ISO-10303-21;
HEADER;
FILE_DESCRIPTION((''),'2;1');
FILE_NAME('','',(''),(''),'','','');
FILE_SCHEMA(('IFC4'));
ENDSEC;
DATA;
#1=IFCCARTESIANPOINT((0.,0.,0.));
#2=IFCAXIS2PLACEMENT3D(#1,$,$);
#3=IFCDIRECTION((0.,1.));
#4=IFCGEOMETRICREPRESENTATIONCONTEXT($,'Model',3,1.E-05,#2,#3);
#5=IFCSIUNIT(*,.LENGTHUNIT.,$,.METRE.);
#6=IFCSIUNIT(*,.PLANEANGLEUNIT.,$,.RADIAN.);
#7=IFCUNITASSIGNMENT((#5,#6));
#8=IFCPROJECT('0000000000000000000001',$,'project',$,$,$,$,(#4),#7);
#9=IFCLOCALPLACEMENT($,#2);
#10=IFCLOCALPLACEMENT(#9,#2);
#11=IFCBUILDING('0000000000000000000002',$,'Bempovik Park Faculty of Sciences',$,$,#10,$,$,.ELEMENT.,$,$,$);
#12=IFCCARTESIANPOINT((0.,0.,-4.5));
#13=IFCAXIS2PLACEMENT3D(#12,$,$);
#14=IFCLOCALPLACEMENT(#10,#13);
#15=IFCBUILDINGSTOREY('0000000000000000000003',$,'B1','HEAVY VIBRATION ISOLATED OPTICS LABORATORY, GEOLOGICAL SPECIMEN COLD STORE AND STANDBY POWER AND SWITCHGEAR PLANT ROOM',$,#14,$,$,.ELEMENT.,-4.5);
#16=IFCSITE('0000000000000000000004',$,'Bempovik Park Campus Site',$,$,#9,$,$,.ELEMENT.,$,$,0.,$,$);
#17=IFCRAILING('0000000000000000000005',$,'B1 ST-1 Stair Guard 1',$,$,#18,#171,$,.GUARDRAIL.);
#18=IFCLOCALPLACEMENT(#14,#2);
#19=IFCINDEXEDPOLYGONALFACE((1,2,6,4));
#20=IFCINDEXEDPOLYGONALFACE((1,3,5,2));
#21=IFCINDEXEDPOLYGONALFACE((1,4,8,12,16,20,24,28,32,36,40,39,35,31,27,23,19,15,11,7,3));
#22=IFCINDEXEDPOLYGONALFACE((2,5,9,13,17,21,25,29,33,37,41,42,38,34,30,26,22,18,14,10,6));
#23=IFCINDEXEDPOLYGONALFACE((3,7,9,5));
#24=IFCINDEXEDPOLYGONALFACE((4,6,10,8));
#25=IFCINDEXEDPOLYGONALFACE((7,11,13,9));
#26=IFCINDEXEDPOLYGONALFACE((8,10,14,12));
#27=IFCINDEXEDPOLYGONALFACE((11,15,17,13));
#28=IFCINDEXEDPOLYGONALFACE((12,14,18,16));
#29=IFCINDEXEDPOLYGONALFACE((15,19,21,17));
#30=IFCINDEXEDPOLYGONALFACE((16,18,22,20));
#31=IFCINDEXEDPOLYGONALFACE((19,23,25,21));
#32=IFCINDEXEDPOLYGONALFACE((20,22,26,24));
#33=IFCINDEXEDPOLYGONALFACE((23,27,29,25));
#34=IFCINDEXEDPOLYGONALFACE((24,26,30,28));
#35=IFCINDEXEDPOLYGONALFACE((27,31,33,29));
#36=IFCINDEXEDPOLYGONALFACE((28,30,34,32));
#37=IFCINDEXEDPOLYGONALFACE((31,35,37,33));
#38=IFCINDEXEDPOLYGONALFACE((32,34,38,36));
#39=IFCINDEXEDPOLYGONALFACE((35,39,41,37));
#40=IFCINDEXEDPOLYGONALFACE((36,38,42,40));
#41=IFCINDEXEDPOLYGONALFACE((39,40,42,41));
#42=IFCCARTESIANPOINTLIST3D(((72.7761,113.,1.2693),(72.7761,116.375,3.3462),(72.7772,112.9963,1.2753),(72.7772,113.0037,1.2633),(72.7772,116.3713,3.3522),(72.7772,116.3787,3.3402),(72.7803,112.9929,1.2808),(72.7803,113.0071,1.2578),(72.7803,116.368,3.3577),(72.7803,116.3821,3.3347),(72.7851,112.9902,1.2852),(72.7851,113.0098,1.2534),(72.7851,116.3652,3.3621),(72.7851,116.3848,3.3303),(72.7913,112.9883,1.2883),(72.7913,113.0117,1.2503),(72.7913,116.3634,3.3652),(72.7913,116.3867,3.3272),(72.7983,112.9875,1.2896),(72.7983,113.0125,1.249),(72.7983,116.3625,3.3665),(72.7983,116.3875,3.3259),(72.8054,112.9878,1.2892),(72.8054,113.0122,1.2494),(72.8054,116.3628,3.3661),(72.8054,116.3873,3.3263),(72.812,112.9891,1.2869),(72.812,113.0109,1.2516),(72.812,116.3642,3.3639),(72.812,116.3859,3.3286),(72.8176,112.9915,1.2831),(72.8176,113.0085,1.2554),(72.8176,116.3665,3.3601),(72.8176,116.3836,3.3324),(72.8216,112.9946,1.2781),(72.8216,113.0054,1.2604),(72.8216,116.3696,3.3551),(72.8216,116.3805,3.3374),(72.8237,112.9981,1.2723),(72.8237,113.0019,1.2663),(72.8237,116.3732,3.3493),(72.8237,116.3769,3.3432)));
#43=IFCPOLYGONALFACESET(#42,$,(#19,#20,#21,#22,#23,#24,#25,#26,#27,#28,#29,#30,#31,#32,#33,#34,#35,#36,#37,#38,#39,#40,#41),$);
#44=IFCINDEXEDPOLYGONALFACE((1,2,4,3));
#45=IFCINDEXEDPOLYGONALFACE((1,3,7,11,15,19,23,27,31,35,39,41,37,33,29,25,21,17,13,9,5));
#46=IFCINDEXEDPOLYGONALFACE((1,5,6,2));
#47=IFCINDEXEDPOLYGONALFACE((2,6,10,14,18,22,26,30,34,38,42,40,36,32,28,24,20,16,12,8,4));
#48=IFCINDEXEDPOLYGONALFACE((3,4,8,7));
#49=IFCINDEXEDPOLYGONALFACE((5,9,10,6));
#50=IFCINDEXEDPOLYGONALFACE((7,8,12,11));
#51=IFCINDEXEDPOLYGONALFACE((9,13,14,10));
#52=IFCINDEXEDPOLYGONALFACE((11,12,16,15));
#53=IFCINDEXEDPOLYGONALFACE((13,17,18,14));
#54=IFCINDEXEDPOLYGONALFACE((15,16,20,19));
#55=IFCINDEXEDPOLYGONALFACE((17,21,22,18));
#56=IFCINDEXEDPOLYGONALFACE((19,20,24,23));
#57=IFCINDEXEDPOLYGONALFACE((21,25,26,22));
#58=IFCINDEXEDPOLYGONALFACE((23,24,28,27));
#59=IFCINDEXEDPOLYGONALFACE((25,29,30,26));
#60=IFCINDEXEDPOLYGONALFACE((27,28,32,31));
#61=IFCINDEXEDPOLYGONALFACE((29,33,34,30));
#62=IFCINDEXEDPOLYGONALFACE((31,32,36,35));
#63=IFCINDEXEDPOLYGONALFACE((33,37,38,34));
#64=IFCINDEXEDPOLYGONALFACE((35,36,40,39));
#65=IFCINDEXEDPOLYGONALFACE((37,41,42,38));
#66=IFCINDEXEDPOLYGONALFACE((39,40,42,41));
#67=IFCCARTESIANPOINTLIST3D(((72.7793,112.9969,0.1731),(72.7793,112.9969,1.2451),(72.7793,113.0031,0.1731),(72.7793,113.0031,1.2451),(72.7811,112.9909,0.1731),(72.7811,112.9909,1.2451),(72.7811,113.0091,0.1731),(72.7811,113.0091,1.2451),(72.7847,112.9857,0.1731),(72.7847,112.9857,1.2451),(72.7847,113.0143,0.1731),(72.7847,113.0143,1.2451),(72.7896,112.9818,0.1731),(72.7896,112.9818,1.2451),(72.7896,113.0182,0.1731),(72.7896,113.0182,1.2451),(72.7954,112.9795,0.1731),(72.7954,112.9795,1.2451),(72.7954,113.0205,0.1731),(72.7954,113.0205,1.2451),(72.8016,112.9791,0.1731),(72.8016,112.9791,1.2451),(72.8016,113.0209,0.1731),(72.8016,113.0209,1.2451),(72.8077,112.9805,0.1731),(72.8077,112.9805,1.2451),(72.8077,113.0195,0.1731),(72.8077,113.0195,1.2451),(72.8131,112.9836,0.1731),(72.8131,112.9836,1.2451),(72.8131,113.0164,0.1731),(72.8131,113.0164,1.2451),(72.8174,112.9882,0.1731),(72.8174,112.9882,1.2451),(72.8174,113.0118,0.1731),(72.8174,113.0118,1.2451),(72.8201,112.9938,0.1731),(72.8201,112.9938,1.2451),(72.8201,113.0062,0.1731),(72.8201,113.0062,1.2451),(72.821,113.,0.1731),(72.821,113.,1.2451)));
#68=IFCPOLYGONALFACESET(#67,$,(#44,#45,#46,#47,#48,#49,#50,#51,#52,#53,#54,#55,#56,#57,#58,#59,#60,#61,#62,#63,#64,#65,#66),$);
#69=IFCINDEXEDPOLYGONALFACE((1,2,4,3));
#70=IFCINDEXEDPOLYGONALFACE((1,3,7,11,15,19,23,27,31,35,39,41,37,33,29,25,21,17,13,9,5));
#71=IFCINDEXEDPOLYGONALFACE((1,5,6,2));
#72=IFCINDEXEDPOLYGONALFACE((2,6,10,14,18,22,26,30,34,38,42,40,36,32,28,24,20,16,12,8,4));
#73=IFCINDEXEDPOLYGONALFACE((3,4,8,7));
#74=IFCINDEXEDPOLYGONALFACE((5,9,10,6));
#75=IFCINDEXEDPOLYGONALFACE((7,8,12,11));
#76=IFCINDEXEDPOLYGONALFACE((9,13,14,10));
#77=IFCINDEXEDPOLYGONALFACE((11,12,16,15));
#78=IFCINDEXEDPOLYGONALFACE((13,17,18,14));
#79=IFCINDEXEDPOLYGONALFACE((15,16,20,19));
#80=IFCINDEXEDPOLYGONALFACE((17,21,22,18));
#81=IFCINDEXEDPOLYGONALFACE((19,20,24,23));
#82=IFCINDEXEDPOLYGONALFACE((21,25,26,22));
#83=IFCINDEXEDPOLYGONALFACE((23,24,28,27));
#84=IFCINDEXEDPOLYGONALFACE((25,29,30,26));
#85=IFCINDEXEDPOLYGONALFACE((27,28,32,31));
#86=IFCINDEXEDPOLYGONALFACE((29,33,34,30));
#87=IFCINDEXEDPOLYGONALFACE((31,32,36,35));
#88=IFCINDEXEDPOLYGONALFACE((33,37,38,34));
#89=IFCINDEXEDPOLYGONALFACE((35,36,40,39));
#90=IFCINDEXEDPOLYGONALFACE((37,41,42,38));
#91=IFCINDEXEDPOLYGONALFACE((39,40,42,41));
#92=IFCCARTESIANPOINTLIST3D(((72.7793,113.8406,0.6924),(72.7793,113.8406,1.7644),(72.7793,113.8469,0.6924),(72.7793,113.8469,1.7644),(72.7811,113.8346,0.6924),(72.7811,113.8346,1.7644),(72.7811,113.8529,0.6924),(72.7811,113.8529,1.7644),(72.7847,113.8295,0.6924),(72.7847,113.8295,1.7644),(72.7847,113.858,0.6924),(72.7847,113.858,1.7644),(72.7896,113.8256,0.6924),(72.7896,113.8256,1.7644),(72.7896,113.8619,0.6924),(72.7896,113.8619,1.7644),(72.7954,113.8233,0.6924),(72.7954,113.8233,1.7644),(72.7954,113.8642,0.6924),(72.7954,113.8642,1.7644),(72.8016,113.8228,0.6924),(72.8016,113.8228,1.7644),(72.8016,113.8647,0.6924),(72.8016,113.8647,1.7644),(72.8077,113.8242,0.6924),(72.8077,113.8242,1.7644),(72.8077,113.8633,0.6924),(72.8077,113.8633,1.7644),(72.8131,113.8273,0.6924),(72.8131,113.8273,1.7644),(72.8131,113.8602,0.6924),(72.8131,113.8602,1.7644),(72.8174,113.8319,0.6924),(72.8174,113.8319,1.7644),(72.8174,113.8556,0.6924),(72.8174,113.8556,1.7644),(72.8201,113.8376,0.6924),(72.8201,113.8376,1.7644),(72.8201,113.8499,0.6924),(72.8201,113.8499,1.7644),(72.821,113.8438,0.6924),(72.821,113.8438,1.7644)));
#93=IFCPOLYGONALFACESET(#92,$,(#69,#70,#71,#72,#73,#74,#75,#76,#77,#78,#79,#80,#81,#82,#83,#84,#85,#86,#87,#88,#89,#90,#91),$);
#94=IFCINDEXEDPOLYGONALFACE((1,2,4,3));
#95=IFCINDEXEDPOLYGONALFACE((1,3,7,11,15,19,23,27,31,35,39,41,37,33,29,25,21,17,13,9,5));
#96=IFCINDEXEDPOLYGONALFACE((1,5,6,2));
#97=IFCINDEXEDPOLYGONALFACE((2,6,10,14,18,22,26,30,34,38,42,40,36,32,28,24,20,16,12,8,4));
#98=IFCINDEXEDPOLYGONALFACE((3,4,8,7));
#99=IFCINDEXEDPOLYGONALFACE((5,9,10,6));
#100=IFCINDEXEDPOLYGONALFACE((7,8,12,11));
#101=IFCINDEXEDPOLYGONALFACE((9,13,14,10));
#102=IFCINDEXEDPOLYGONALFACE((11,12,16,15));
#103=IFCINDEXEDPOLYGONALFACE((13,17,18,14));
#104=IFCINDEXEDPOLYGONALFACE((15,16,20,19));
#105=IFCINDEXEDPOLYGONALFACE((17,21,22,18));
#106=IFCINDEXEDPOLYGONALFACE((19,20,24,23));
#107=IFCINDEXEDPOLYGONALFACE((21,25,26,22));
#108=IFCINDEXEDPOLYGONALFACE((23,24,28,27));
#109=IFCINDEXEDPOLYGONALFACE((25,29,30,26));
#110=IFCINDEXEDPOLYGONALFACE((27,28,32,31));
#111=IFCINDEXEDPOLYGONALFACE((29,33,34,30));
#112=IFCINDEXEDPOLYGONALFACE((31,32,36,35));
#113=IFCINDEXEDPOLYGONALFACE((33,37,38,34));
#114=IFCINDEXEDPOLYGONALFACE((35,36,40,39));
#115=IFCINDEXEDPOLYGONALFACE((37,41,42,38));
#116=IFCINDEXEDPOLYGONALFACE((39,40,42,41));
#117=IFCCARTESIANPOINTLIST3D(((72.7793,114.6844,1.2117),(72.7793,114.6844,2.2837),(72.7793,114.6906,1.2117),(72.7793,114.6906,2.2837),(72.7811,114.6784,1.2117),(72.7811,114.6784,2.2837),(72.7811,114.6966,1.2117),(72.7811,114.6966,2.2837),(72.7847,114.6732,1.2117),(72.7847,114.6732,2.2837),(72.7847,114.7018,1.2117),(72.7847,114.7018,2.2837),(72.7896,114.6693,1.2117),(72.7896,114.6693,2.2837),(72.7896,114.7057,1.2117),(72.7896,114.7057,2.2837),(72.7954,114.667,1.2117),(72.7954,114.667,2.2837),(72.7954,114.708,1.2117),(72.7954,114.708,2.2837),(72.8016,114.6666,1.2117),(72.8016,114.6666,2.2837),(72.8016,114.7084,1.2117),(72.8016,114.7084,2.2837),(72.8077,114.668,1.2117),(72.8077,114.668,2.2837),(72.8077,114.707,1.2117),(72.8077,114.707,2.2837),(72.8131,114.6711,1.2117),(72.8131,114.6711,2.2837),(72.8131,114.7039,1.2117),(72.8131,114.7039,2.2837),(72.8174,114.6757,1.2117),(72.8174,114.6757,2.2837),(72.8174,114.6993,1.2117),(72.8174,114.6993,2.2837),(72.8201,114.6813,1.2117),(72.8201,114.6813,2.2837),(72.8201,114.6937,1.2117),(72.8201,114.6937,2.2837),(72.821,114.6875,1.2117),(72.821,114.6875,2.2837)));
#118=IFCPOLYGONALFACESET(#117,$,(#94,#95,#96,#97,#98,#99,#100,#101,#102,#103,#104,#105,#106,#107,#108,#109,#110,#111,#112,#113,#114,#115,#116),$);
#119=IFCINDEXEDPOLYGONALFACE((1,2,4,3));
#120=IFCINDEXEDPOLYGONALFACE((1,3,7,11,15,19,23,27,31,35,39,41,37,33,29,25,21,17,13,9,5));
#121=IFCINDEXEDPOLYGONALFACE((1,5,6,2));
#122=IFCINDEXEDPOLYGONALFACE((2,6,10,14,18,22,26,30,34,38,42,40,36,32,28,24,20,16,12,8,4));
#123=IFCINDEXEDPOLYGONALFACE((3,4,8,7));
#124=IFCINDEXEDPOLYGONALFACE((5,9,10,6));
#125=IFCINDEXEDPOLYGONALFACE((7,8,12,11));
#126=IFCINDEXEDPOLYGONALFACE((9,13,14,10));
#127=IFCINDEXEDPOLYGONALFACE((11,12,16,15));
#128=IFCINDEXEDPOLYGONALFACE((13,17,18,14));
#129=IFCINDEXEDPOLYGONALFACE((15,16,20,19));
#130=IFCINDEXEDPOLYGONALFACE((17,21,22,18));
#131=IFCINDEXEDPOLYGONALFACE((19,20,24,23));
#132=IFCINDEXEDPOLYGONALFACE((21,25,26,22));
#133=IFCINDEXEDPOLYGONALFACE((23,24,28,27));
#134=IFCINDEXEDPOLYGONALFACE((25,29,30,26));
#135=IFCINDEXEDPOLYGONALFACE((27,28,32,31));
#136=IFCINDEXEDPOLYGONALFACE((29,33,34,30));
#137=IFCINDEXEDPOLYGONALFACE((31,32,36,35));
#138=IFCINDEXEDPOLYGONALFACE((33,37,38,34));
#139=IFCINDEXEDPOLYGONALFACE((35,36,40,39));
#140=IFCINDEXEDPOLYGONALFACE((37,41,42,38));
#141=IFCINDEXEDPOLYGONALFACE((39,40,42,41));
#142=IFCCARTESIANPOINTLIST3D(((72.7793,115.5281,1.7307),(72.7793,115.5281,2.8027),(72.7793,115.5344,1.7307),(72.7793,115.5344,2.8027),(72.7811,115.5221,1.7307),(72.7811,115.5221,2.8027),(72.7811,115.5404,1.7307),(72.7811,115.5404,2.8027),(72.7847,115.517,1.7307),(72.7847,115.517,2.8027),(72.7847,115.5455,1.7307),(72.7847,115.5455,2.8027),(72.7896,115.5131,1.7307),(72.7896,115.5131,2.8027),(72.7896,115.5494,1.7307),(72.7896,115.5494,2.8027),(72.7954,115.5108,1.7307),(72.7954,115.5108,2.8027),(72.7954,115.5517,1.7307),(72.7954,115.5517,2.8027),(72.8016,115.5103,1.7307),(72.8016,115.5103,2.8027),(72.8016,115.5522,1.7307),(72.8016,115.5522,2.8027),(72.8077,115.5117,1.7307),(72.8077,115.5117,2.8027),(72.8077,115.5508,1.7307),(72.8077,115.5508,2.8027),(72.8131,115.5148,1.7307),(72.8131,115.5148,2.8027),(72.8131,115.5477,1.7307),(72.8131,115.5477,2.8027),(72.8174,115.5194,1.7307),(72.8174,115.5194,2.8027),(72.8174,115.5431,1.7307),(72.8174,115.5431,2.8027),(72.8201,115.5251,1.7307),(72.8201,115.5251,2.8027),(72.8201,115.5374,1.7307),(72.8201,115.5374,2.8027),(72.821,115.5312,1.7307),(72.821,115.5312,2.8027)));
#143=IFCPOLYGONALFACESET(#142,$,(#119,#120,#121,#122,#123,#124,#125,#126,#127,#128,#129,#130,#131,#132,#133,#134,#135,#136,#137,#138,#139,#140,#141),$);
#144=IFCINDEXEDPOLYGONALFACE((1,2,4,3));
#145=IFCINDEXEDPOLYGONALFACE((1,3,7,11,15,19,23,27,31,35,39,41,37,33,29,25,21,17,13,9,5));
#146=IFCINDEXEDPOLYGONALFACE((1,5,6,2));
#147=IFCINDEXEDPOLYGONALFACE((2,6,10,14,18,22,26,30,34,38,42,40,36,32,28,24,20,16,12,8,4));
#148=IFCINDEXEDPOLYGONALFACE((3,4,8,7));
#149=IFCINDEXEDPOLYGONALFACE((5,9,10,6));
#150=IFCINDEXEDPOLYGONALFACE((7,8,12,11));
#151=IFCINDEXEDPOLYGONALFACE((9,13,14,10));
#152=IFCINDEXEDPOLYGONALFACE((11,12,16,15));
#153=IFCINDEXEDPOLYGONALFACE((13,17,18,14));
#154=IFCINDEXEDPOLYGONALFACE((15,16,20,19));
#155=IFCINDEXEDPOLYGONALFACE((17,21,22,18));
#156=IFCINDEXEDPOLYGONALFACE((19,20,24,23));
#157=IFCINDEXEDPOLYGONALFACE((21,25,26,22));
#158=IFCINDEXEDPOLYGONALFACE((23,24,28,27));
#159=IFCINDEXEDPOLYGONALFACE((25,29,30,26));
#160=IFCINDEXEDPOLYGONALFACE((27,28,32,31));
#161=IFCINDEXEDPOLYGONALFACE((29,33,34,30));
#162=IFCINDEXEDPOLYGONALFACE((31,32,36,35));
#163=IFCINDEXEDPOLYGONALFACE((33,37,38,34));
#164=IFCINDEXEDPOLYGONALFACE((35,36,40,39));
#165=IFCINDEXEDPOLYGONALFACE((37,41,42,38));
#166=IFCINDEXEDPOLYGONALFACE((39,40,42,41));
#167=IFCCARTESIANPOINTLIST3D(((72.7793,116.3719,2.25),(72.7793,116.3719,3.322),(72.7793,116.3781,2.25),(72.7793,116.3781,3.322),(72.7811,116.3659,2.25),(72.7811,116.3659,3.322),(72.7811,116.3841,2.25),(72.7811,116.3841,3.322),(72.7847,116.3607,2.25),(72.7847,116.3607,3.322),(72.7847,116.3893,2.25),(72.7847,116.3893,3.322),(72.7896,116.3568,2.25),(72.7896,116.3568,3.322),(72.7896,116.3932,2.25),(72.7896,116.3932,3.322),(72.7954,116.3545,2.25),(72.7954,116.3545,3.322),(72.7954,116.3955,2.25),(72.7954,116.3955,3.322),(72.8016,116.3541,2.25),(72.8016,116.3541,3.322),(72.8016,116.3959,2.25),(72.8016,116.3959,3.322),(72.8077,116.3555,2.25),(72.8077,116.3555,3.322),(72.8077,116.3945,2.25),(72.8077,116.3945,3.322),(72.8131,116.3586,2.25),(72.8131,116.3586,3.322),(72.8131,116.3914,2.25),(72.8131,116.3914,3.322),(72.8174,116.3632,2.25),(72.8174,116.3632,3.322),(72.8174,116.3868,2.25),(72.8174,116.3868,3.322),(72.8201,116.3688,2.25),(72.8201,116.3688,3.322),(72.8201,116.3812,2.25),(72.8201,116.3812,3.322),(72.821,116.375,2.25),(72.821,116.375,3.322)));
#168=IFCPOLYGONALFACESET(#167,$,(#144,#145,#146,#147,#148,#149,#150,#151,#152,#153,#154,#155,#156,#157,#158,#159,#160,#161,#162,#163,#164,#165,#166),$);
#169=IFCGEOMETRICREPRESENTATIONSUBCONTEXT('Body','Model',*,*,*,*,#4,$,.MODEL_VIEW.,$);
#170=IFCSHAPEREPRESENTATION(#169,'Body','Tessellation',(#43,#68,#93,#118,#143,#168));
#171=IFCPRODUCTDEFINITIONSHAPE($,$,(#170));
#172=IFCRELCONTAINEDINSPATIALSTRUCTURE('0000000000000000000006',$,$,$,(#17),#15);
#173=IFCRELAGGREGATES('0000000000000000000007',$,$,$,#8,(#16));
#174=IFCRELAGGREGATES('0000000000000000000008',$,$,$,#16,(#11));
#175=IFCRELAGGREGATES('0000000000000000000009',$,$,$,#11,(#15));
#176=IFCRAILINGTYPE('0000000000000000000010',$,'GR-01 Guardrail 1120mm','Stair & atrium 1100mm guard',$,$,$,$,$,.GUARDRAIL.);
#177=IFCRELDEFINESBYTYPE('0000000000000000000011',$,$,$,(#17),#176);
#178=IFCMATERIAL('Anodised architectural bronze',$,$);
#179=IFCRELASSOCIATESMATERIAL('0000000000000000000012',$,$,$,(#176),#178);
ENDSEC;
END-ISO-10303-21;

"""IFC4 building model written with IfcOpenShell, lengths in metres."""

from ifc_helpers import new_model, si_unit, direction, frame, origin, origin_2d, place, context, subcontext, project, spatial, circle, extrude, material, type_object, element, save


model = new_model("IFC4")

# Units and contexts
model_context = context("Model", 3, precision=1e-05, world=origin(), true_north=direction((0.0, 1.0)))
body_context = subcontext(model_context, "Body", "Model", "MODEL_VIEW")
ifc_project = project(units=[si_unit("LENGTHUNIT", "METRE"), si_unit("PLANEANGLEUNIT", "RADIAN")], contexts=[model_context])

# Site, building, storey
site_placement = place(None, origin())
site = spatial("IfcSite", under=ifc_project, at=site_placement, Name="Bempovik Park Campus Site", CompositionType="ELEMENT", RefElevation=0.0)
building_placement = place(site_placement, origin())
building = spatial("IfcBuilding", under=site, at=building_placement, Name="Bempovik Park Faculty of Sciences", CompositionType="ELEMENT")
storey_placement = place(building_placement, frame((0.0, 0.0, -4.5)))
storey = spatial("IfcBuildingStorey", under=building, at=storey_placement, Name="B1", Description="HEAVY VIBRATION ISOLATED OPTICS LABORATORY, GEOLOGICAL SPECIMEN COLD STORE AND STANDBY POWER AND SWITCHGEAR PLANT ROOM", CompositionType="ELEMENT", Elevation=-4.5)

# Railing
ifc_material_1 = material(Name="Anodised architectural bronze")
railing_type = type_object("IfcRailingType", Name="GR-01 Guardrail 1120mm", Description="Stair & atrium 1100mm guard", PredefinedType="GUARDRAIL", material=ifc_material_1)
railing_1_placement = place(storey_placement, frame((72.8, 113.0, 0.1731)))
element("IfcRailing", 1, at=railing_1_placement, inside=storey, type_object=railing_type, Name="B1 ST-1 Stair Guard 1", PredefinedType="GUARDRAIL", context=body_context, shape_type="SweptSolid", body=[
    extrude(circle(Radius=0.0239, at=origin_2d()), frame((0.0, 0.0, 1.0962), z_axis=(0.0, 0.85166, 0.524094), x_axis=(-1.0, 0.0, 0.0)), (0.0, 0.0, 1.0), 3.9629),
    extrude(circle(Radius=0.021, at=origin_2d()), origin(), (0.0, 0.0, 1.0), 1.072),
    extrude(circle(Radius=0.021, at=origin_2d()), frame((0.0, 0.8438, 0.5193)), (0.0, 0.0, 1.0), 1.072),
    extrude(circle(Radius=0.021, at=origin_2d()), frame((0.0, 1.6875, 1.0386)), (0.0, 0.0, 1.0), 1.072),
    extrude(circle(Radius=0.021, at=origin_2d()), frame((0.0, 2.5312, 1.5576)), (0.0, 0.0, 1.0), 1.072),
    extrude(circle(Radius=0.021, at=origin_2d()), frame((0.0, 3.375, 2.0769)), (0.0, 0.0, 1.0), 1.072),
])

save(model, "model.ifc")
